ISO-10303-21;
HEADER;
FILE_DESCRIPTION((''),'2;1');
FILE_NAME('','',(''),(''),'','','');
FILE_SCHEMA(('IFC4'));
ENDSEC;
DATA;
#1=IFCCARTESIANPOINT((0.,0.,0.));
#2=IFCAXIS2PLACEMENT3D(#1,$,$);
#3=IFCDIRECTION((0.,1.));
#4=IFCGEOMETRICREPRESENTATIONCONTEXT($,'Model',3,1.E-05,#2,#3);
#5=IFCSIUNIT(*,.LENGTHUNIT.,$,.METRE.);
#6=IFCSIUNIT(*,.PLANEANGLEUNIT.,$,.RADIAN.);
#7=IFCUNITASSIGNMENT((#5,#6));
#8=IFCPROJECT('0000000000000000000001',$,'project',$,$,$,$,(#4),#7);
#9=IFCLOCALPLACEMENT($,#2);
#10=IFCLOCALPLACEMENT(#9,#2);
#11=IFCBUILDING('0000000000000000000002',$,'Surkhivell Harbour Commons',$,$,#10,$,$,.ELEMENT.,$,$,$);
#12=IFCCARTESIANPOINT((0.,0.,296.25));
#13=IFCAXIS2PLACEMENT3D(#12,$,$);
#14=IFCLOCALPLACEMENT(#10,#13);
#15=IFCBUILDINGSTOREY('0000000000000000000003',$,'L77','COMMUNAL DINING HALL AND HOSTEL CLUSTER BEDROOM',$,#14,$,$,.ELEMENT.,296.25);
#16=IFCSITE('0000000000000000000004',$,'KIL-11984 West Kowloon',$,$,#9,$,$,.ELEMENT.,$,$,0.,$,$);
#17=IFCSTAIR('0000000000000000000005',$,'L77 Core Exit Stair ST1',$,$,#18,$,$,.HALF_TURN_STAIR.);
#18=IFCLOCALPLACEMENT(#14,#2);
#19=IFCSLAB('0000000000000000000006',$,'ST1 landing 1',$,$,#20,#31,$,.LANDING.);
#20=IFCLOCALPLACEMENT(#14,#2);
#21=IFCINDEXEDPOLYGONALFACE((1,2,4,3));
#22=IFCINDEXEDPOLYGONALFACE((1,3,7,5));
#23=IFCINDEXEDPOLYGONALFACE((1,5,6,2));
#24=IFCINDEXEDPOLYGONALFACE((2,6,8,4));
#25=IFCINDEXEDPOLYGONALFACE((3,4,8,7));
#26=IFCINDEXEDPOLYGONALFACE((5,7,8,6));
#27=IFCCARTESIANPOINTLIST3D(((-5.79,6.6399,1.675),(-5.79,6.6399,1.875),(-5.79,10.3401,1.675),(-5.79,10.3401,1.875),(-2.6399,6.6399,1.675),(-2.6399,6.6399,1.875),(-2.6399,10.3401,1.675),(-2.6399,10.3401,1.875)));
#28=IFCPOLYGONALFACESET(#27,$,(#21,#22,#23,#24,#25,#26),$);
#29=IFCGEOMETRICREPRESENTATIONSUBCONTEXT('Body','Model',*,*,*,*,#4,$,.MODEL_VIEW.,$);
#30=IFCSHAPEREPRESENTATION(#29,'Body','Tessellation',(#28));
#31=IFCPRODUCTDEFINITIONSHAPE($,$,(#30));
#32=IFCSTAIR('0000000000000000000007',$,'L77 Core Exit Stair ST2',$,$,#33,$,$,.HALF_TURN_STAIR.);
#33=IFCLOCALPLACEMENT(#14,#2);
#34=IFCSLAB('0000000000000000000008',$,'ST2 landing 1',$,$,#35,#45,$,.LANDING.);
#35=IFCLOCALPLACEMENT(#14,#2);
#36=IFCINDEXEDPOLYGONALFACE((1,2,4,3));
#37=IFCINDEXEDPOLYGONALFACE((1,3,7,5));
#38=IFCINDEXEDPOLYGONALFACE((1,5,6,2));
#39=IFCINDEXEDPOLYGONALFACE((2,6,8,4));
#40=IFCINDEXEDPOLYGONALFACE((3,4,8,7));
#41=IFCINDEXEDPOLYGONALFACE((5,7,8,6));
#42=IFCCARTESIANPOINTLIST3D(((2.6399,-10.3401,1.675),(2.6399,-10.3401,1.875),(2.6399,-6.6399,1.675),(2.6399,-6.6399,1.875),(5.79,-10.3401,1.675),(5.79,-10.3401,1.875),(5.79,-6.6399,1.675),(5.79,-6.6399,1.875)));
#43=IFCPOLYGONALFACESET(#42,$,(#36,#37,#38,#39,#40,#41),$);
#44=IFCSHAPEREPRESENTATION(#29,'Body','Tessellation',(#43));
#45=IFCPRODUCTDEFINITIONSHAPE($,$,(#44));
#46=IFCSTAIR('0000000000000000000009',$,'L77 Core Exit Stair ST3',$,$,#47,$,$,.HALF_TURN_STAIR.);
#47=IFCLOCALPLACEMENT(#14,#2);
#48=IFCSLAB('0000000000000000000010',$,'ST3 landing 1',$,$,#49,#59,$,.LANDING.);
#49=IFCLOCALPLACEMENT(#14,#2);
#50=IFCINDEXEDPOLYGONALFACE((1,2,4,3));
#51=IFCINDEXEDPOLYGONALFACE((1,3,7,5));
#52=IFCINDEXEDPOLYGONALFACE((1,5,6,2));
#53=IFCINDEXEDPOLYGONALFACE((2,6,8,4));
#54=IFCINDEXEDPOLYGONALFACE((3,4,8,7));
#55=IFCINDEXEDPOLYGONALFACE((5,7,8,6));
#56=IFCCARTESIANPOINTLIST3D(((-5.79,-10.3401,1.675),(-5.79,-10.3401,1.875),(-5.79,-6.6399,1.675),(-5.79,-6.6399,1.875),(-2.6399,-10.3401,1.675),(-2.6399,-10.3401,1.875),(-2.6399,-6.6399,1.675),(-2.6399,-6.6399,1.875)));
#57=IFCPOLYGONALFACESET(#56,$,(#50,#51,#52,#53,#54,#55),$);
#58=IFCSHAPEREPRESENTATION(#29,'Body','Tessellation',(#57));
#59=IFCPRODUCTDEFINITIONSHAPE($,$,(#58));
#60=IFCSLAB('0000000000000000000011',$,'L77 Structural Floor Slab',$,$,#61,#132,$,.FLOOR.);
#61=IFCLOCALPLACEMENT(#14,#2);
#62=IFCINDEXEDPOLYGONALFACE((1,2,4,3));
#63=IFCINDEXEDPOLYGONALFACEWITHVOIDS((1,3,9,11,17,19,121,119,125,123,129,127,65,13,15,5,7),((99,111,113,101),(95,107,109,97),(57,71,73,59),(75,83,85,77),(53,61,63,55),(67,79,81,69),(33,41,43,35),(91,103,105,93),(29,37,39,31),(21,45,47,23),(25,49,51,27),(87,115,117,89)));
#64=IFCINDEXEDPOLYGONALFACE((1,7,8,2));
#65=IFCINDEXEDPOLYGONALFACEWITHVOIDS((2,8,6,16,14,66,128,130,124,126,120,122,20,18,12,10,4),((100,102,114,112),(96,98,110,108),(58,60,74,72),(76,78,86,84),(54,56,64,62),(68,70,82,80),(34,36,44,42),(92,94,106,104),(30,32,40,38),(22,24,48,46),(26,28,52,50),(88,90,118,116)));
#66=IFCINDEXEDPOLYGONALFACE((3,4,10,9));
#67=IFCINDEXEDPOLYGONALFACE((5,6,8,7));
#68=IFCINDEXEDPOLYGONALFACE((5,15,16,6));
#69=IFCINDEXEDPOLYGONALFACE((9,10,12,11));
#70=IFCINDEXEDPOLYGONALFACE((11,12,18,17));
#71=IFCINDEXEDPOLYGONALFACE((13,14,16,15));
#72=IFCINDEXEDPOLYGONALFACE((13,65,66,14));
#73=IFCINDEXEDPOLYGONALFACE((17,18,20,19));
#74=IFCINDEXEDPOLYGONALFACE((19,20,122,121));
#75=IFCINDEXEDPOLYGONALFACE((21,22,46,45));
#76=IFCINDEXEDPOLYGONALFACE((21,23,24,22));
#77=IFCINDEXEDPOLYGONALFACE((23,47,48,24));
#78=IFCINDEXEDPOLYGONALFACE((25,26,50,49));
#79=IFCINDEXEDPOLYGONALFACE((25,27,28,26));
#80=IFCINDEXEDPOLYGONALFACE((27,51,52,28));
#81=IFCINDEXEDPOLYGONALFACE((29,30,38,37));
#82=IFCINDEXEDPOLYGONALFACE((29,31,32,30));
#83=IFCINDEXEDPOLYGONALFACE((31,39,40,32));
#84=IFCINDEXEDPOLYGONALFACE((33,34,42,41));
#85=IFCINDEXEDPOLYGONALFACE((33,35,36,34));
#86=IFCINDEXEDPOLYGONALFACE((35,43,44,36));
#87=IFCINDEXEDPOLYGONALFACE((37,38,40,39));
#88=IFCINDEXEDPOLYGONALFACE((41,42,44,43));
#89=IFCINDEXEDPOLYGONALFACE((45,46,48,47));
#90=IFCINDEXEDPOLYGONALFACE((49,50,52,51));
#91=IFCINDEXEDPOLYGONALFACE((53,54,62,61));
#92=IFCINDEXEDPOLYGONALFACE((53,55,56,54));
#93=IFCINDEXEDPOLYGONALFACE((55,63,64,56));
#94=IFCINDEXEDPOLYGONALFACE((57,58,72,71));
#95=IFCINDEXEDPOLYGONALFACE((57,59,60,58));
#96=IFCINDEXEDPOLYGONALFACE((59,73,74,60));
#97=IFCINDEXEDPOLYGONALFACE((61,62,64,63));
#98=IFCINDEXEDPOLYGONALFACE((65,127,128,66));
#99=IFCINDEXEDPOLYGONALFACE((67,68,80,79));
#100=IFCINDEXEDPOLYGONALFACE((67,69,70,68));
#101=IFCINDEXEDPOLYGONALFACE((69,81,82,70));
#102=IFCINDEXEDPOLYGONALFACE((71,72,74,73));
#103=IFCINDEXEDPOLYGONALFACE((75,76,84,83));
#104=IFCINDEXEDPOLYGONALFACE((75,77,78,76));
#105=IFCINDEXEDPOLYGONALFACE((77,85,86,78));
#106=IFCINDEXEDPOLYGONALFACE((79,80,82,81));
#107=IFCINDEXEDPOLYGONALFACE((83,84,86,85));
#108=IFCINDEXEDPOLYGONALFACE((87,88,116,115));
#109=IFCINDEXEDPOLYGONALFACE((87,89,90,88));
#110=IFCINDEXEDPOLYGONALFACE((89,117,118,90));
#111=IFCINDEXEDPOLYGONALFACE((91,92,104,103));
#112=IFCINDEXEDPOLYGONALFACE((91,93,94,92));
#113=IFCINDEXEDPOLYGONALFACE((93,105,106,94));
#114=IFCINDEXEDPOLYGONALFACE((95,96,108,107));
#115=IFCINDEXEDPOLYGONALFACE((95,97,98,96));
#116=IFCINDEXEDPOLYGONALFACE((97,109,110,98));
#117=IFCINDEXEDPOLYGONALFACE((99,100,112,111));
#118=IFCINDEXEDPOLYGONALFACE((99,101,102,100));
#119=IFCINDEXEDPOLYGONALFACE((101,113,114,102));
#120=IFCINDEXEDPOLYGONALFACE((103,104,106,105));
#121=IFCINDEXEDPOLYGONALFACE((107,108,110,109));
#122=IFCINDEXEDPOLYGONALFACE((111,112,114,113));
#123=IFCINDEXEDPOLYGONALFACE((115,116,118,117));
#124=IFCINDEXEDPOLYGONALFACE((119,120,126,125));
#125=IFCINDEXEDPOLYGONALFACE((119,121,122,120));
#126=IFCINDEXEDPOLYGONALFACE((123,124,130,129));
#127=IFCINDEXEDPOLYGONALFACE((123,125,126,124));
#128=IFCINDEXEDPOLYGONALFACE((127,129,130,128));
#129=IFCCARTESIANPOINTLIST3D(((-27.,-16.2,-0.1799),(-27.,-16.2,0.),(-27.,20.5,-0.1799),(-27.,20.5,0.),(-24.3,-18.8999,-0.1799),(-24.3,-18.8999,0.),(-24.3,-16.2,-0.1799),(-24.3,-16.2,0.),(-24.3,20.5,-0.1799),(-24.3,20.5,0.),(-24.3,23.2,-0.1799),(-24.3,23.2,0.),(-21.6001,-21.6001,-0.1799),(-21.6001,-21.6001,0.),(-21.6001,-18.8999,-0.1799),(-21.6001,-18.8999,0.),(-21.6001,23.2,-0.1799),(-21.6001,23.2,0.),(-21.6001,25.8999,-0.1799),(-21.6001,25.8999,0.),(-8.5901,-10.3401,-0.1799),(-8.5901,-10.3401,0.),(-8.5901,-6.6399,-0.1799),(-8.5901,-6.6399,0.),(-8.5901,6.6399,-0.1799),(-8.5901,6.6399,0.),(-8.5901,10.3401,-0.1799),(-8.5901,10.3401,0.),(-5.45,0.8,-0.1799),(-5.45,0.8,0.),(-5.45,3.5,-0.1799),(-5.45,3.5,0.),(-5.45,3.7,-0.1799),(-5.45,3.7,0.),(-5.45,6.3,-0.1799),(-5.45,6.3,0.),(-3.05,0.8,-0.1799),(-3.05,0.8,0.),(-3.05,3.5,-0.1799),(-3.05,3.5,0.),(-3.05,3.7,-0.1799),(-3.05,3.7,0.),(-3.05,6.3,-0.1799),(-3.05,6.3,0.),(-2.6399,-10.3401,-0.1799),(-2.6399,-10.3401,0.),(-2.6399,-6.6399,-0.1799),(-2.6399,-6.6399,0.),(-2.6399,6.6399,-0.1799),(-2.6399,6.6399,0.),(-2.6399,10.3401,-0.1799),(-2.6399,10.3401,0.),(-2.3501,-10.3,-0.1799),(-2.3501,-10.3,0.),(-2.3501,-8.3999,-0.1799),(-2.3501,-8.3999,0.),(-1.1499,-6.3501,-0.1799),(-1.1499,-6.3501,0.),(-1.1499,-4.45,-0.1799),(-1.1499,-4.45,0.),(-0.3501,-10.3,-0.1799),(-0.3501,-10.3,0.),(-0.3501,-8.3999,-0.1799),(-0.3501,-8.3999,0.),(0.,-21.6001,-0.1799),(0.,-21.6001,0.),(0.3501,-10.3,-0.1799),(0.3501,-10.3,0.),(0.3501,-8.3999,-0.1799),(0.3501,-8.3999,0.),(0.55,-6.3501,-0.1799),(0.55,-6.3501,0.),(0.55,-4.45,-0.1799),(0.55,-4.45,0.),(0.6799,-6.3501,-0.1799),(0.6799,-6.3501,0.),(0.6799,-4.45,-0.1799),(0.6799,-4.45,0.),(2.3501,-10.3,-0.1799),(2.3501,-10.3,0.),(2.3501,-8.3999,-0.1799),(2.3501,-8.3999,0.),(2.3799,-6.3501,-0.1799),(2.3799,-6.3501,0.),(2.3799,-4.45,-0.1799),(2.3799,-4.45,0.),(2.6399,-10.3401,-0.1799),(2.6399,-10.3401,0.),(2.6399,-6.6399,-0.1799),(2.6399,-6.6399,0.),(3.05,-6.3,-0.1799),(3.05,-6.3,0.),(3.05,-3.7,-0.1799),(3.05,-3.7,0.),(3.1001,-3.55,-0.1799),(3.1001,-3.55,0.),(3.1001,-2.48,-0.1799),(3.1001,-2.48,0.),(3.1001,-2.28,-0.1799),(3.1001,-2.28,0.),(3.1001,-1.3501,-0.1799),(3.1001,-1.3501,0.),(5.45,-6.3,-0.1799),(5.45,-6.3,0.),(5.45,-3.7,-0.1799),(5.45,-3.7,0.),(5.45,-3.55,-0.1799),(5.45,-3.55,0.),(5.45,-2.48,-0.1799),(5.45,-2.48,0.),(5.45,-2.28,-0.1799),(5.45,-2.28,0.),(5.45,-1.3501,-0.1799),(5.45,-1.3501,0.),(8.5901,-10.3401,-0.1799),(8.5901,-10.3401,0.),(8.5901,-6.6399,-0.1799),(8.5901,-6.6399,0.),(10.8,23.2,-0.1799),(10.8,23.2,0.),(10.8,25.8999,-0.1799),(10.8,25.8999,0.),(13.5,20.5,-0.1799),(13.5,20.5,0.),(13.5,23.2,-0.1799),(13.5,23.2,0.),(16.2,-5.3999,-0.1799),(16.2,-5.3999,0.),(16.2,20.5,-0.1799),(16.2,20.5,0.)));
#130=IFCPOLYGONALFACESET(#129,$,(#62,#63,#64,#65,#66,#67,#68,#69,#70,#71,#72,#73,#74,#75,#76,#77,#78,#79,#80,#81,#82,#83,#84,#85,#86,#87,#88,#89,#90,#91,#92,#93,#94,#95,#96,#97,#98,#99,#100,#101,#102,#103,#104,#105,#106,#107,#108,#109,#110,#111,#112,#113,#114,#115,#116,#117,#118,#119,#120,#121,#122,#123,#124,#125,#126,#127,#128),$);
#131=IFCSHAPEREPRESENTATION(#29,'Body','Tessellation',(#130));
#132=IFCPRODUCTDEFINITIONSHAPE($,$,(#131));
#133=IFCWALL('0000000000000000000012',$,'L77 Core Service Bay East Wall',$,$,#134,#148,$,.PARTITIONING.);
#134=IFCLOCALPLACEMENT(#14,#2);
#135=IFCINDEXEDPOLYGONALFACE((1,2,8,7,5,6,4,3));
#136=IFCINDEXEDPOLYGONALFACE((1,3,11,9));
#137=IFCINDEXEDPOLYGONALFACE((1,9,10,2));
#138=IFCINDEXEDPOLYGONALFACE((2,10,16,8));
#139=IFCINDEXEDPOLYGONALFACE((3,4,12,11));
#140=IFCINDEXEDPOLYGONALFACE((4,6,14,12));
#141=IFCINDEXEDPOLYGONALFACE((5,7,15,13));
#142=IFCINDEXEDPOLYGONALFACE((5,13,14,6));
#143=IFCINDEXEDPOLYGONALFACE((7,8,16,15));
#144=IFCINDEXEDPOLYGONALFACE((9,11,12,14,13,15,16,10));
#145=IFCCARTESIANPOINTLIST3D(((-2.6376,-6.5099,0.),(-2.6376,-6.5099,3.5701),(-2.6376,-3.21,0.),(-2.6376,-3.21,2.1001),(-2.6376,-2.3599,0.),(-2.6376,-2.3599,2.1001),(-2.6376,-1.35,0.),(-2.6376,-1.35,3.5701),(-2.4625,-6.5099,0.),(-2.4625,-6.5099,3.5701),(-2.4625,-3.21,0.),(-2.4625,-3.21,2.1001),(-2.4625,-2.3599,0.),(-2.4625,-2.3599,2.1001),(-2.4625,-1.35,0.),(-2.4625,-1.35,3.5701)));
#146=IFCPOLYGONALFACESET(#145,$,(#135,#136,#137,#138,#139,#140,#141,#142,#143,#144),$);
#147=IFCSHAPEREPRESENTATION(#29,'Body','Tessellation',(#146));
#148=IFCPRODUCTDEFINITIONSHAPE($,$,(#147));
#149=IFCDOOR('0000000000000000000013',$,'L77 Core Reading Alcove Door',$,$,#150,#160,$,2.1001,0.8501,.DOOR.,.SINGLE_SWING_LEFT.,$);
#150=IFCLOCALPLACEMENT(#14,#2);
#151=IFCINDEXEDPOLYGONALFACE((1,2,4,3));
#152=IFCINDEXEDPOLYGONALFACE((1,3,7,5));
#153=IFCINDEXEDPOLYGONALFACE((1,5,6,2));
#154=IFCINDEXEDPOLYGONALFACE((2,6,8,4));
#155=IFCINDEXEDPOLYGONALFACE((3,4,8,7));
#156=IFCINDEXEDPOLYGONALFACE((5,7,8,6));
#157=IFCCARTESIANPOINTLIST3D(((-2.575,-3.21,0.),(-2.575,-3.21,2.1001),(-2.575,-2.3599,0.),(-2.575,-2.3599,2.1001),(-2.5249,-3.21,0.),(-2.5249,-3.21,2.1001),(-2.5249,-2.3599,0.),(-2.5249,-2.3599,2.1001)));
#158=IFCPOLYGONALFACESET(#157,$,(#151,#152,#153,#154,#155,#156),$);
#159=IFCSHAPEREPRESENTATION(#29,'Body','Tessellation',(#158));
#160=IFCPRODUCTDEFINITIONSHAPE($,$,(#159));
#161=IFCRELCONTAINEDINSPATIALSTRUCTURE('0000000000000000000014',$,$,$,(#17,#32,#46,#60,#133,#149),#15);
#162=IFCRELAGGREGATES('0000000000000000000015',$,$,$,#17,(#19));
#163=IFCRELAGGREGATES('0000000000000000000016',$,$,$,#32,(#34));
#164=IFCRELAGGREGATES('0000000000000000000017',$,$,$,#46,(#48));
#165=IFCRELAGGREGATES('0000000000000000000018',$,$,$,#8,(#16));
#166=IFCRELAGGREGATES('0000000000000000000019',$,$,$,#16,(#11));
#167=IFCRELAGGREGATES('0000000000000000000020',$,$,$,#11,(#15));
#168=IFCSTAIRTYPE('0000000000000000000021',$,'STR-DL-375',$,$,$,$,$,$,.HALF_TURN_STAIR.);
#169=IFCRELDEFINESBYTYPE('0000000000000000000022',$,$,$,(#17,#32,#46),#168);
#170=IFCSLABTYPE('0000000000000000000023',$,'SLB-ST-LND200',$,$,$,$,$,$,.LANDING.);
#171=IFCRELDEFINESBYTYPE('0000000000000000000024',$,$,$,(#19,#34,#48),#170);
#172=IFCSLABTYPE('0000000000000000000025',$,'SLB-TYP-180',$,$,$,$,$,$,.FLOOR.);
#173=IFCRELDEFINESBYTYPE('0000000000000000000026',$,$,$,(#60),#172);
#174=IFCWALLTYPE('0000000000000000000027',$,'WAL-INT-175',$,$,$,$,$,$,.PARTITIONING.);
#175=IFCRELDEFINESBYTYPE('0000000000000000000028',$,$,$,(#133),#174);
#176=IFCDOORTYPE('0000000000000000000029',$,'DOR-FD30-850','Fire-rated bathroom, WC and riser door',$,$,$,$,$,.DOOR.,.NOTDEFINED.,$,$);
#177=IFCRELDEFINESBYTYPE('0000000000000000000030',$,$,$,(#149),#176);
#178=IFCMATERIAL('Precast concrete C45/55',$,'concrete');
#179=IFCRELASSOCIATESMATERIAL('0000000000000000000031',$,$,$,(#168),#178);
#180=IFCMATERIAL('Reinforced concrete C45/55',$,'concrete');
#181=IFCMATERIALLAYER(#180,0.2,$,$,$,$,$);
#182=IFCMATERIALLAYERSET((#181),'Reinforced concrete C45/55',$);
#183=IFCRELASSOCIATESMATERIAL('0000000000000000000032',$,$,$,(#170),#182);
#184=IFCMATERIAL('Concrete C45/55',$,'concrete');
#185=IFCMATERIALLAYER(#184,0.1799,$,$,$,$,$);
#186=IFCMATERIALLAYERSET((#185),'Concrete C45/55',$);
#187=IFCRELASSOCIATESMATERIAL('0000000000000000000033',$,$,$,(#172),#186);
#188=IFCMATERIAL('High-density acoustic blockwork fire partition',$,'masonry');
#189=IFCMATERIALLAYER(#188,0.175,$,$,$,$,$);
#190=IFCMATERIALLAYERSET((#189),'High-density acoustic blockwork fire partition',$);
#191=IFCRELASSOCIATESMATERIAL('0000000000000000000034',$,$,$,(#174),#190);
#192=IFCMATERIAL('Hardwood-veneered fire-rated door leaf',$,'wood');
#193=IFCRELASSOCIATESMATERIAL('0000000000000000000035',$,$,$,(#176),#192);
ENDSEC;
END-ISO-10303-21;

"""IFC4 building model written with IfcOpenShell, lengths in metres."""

from ifc_helpers import new_model, si_unit, direction, frame, frame_2d, origin, place, context, subcontext, project, spatial, polyline, rectangle, outline, extrude, material, layer, layer_set, type_object, element, fill, aggregate, save


model = new_model("IFC4")

# Units and contexts
model_context = context("Model", 3, precision=1e-05, world=origin(), true_north=direction((0.0, 1.0)))
body_context = subcontext(model_context, "Body", "Model", "MODEL_VIEW")
ifc_project = project(units=[si_unit("LENGTHUNIT", "METRE"), si_unit("PLANEANGLEUNIT", "RADIAN")], contexts=[model_context])

# Site, building, storey
site_placement = place(None, origin())
site = spatial("IfcSite", under=ifc_project, at=site_placement, Name="KIL-11984 West Kowloon", CompositionType="ELEMENT", RefElevation=0.0)
building_placement = place(site_placement, origin())
building = spatial("IfcBuilding", under=site, at=building_placement, Name="Surkhivell Harbour Commons", CompositionType="ELEMENT")
storey_placement = place(building_placement, frame((0.0, 0.0, 296.25)))
storey = spatial("IfcBuildingStorey", under=building, at=storey_placement, Name="L77", Description="COMMUNAL DINING HALL AND HOSTEL CLUSTER BEDROOM", CompositionType="ELEMENT", Elevation=296.25)

# Stairs, slabs
ifc_material_1 = material(Name="Precast concrete C45/55", Category="concrete")
stair_type = type_object("IfcStairType", Name="STR-DL-375", PredefinedType="HALF_TURN_STAIR", material=ifc_material_1)
stair_1_placement = place(storey_placement, origin())
stair_1 = element("IfcStair", 1, at=stair_1_placement, inside=storey, type_object=stair_type, Name="L77 Core Exit Stair ST1", PredefinedType="HALF_TURN_STAIR")
ifc_material_2 = material(Name="Reinforced concrete C45/55", Category="concrete")
ifc_layer_1 = layer(ifc_material_2, 0.2)
ifc_layer_set_1 = layer_set([ifc_layer_1], Name="Reinforced concrete C45/55")
slab_type_1 = type_object("IfcSlabType", Name="SLB-ST-LND200", PredefinedType="LANDING", material=ifc_layer_set_1)
slab_1_placement = place(storey_placement, frame((0.0, 0.0, 1.675)))
slab_1 = element("IfcSlab", 2, at=slab_1_placement, type_object=slab_type_1, Name="ST1 landing 1", PredefinedType="LANDING", context=body_context, shape_type="SweptSolid", body=[
    extrude(outline(polyline([(-5.79, 6.6399), (-2.6399, 6.6399), (-2.6399, 10.3401), (-5.79, 10.3401), (-5.79, 6.6399)])), origin(), (0.0, 0.0, 1.0), 0.2),
])
aggregate(stair_1, [slab_1])
stair_2_placement = place(storey_placement, origin())
stair_2 = element("IfcStair", 3, at=stair_2_placement, inside=storey, type_object=stair_type, Name="L77 Core Exit Stair ST2", PredefinedType="HALF_TURN_STAIR")
slab_2_placement = place(storey_placement, frame((0.0, 0.0, 1.675)))
slab_2 = element("IfcSlab", 4, at=slab_2_placement, type_object=slab_type_1, Name="ST2 landing 1", PredefinedType="LANDING", context=body_context, shape_type="SweptSolid", body=[
    extrude(outline(polyline([(5.79, -6.6399), (2.6399, -6.6399), (2.6399, -10.3401), (5.79, -10.3401), (5.79, -6.6399)])), origin(), (0.0, 0.0, 1.0), 0.2),
])
aggregate(stair_2, [slab_2])
stair_3_placement = place(storey_placement, origin())
stair_3 = element("IfcStair", 5, at=stair_3_placement, inside=storey, type_object=stair_type, Name="L77 Core Exit Stair ST3", PredefinedType="HALF_TURN_STAIR")
slab_3_placement = place(storey_placement, frame((0.0, 0.0, 1.675)))
slab_3 = element("IfcSlab", 6, at=slab_3_placement, type_object=slab_type_1, Name="ST3 landing 1", PredefinedType="LANDING", context=body_context, shape_type="SweptSolid", body=[
    extrude(outline(polyline([(-5.79, -10.3401), (-2.6399, -10.3401), (-2.6399, -6.6399), (-5.79, -6.6399), (-5.79, -10.3401)])), origin(), (0.0, 0.0, 1.0), 0.2),
])
aggregate(stair_3, [slab_3])

# Slab
ifc_material_3 = material(Name="Concrete C45/55", Category="concrete")
ifc_layer_2 = layer(ifc_material_3, 0.1799)
ifc_layer_set_2 = layer_set([ifc_layer_2], Name="Concrete C45/55")
slab_type_2 = type_object("IfcSlabType", Name="SLB-TYP-180", PredefinedType="FLOOR", material=ifc_layer_set_2)
slab_4_placement = place(storey_placement, frame((0.0, 0.0, -0.1799)))
element("IfcSlab", 7, at=slab_4_placement, inside=storey, type_object=slab_type_2, Name="L77 Structural Floor Slab", PredefinedType="FLOOR", context=body_context, shape_type="SweptSolid", body=[
    extrude(outline(polyline([(-21.6001, -21.6001), (0.0, -21.6001), (16.2, -5.3999), (16.2, 20.5), (13.5, 20.5), (13.5, 23.2), (10.8, 23.2), (10.8, 25.8999), (-21.6001, 25.8999), (-21.6001, 23.2), (-24.3, 23.2), (-24.3, 20.5), (-27.0, 20.5), (-27.0, -16.2), (-24.3, -16.2), (-24.3, -18.8999), (-21.6001, -18.8999), (-21.6001, -21.6001)]), holes=[polyline([(-8.5901, 6.6399), (-2.6399, 6.6399), (-2.6399, 10.3401), (-8.5901, 10.3401), (-8.5901, 6.6399)]), polyline([(8.5901, -6.6399), (2.6399, -6.6399), (2.6399, -10.3401), (8.5901, -10.3401), (8.5901, -6.6399)]), polyline([(-8.5901, -10.3401), (-2.6399, -10.3401), (-2.6399, -6.6399), (-8.5901, -6.6399), (-8.5901, -10.3401)]), polyline([(-1.1499, -6.3501), (0.55, -6.3501), (0.55, -4.45), (-1.1499, -4.45), (-1.1499, -6.3501)]), polyline([(0.6799, -6.3501), (2.3799, -6.3501), (2.3799, -4.45), (0.6799, -4.45), (0.6799, -6.3501)]), polyline([(-2.3501, -10.3), (-0.3501, -10.3), (-0.3501, -8.3999), (-2.3501, -8.3999), (-2.3501, -10.3)]), polyline([(0.3501, -10.3), (2.3501, -10.3), (2.3501, -8.3999), (0.3501, -8.3999), (0.3501, -10.3)]), polyline([(-5.45, 3.7), (-3.05, 3.7), (-3.05, 6.3), (-5.45, 6.3), (-5.45, 3.7)]), polyline([(3.05, -6.3), (5.45, -6.3), (5.45, -3.7), (3.05, -3.7), (3.05, -6.3)]), polyline([(-5.45, 0.8), (-3.05, 0.8), (-3.05, 3.5), (-5.45, 3.5), (-5.45, 0.8)]), polyline([(3.1001, -3.55), (5.45, -3.55), (5.45, -2.48), (3.1001, -2.48), (3.1001, -3.55)]), polyline([(3.1001, -2.28), (5.45, -2.28), (5.45, -1.3501), (3.1001, -1.3501), (3.1001, -2.28)])]), origin(), (0.0, 0.0, 1.0), 0.1799),
])

# Wall, opening, door
ifc_material_4 = material(Name="High-density acoustic blockwork fire partition", Category="masonry")
ifc_layer_3 = layer(ifc_material_4, 0.175)
ifc_layer_set_3 = layer_set([ifc_layer_3], Name="High-density acoustic blockwork fire partition")
wall_type_1 = type_object("IfcWallType", Name="WAL-INT-175", PredefinedType="PARTITIONING", material=ifc_layer_set_3)
wall_1_placement = place(storey_placement, frame((-2.55, -6.51, 0.0), z_axis=(0.0, 0.0, 1.0), x_axis=(0.0, 1.0, 0.0)))
wall_1 = element("IfcWall", 8, at=wall_1_placement, inside=storey, type_object=wall_type_1, Name="L77 Core Service Bay East Wall", PredefinedType="PARTITIONING", context=body_context, shape_type="SweptSolid", body=[
    extrude(rectangle(XDim=5.1599, YDim=0.175, at=frame_2d((2.5801, 0.0))), origin(), (0.0, 0.0, 1.0), 3.5701),
])
opening_1_placement = place(wall_1_placement, frame((3.3, 0.0, 0.0)))
opening_1 = element("IfcOpeningElement", 9, at=opening_1_placement, cuts=wall_1, PredefinedType="OPENING", context=body_context, shape_type="SweptSolid", body=[
    extrude(rectangle(XDim=0.8501, YDim=2.1001, at=frame_2d((0.425, 1.05))), frame((0.0, 0.0974, 0.0), z_axis=(0.0, -1.0, 0.0), x_axis=(1.0, 0.0, 0.0)), (0.0, 0.0, 1.0), 0.1951),
])
ifc_material_5 = material(Name="Hardwood-veneered fire-rated door leaf", Category="wood")
door_type_1 = type_object("IfcDoorType", Name="DOR-FD30-850", Description="Fire-rated bathroom, WC and riser door", OperationType="NOTDEFINED", PredefinedType="DOOR", material=ifc_material_5)
door_1_placement = place(opening_1_placement, origin())
door_1 = element("IfcDoor", 10, at=door_1_placement, inside=storey, type_object=door_type_1, Name="L77 Core Reading Alcove Door", OperationType="SINGLE_SWING_LEFT", OverallHeight=2.1001, OverallWidth=0.8501, PredefinedType="DOOR", context=body_context, shape_type="SweptSolid", body=[
    extrude(rectangle(XDim=0.8501, YDim=2.1001, at=frame_2d((0.425, 1.05))), frame((0.0, 0.0249, 0.0), z_axis=(0.0, -1.0, 0.0), x_axis=(1.0, 0.0, 0.0)), (0.0, 0.0, 1.0), 0.05),
])
fill(opening_1, door_1)

save(model, "model.ifc")
